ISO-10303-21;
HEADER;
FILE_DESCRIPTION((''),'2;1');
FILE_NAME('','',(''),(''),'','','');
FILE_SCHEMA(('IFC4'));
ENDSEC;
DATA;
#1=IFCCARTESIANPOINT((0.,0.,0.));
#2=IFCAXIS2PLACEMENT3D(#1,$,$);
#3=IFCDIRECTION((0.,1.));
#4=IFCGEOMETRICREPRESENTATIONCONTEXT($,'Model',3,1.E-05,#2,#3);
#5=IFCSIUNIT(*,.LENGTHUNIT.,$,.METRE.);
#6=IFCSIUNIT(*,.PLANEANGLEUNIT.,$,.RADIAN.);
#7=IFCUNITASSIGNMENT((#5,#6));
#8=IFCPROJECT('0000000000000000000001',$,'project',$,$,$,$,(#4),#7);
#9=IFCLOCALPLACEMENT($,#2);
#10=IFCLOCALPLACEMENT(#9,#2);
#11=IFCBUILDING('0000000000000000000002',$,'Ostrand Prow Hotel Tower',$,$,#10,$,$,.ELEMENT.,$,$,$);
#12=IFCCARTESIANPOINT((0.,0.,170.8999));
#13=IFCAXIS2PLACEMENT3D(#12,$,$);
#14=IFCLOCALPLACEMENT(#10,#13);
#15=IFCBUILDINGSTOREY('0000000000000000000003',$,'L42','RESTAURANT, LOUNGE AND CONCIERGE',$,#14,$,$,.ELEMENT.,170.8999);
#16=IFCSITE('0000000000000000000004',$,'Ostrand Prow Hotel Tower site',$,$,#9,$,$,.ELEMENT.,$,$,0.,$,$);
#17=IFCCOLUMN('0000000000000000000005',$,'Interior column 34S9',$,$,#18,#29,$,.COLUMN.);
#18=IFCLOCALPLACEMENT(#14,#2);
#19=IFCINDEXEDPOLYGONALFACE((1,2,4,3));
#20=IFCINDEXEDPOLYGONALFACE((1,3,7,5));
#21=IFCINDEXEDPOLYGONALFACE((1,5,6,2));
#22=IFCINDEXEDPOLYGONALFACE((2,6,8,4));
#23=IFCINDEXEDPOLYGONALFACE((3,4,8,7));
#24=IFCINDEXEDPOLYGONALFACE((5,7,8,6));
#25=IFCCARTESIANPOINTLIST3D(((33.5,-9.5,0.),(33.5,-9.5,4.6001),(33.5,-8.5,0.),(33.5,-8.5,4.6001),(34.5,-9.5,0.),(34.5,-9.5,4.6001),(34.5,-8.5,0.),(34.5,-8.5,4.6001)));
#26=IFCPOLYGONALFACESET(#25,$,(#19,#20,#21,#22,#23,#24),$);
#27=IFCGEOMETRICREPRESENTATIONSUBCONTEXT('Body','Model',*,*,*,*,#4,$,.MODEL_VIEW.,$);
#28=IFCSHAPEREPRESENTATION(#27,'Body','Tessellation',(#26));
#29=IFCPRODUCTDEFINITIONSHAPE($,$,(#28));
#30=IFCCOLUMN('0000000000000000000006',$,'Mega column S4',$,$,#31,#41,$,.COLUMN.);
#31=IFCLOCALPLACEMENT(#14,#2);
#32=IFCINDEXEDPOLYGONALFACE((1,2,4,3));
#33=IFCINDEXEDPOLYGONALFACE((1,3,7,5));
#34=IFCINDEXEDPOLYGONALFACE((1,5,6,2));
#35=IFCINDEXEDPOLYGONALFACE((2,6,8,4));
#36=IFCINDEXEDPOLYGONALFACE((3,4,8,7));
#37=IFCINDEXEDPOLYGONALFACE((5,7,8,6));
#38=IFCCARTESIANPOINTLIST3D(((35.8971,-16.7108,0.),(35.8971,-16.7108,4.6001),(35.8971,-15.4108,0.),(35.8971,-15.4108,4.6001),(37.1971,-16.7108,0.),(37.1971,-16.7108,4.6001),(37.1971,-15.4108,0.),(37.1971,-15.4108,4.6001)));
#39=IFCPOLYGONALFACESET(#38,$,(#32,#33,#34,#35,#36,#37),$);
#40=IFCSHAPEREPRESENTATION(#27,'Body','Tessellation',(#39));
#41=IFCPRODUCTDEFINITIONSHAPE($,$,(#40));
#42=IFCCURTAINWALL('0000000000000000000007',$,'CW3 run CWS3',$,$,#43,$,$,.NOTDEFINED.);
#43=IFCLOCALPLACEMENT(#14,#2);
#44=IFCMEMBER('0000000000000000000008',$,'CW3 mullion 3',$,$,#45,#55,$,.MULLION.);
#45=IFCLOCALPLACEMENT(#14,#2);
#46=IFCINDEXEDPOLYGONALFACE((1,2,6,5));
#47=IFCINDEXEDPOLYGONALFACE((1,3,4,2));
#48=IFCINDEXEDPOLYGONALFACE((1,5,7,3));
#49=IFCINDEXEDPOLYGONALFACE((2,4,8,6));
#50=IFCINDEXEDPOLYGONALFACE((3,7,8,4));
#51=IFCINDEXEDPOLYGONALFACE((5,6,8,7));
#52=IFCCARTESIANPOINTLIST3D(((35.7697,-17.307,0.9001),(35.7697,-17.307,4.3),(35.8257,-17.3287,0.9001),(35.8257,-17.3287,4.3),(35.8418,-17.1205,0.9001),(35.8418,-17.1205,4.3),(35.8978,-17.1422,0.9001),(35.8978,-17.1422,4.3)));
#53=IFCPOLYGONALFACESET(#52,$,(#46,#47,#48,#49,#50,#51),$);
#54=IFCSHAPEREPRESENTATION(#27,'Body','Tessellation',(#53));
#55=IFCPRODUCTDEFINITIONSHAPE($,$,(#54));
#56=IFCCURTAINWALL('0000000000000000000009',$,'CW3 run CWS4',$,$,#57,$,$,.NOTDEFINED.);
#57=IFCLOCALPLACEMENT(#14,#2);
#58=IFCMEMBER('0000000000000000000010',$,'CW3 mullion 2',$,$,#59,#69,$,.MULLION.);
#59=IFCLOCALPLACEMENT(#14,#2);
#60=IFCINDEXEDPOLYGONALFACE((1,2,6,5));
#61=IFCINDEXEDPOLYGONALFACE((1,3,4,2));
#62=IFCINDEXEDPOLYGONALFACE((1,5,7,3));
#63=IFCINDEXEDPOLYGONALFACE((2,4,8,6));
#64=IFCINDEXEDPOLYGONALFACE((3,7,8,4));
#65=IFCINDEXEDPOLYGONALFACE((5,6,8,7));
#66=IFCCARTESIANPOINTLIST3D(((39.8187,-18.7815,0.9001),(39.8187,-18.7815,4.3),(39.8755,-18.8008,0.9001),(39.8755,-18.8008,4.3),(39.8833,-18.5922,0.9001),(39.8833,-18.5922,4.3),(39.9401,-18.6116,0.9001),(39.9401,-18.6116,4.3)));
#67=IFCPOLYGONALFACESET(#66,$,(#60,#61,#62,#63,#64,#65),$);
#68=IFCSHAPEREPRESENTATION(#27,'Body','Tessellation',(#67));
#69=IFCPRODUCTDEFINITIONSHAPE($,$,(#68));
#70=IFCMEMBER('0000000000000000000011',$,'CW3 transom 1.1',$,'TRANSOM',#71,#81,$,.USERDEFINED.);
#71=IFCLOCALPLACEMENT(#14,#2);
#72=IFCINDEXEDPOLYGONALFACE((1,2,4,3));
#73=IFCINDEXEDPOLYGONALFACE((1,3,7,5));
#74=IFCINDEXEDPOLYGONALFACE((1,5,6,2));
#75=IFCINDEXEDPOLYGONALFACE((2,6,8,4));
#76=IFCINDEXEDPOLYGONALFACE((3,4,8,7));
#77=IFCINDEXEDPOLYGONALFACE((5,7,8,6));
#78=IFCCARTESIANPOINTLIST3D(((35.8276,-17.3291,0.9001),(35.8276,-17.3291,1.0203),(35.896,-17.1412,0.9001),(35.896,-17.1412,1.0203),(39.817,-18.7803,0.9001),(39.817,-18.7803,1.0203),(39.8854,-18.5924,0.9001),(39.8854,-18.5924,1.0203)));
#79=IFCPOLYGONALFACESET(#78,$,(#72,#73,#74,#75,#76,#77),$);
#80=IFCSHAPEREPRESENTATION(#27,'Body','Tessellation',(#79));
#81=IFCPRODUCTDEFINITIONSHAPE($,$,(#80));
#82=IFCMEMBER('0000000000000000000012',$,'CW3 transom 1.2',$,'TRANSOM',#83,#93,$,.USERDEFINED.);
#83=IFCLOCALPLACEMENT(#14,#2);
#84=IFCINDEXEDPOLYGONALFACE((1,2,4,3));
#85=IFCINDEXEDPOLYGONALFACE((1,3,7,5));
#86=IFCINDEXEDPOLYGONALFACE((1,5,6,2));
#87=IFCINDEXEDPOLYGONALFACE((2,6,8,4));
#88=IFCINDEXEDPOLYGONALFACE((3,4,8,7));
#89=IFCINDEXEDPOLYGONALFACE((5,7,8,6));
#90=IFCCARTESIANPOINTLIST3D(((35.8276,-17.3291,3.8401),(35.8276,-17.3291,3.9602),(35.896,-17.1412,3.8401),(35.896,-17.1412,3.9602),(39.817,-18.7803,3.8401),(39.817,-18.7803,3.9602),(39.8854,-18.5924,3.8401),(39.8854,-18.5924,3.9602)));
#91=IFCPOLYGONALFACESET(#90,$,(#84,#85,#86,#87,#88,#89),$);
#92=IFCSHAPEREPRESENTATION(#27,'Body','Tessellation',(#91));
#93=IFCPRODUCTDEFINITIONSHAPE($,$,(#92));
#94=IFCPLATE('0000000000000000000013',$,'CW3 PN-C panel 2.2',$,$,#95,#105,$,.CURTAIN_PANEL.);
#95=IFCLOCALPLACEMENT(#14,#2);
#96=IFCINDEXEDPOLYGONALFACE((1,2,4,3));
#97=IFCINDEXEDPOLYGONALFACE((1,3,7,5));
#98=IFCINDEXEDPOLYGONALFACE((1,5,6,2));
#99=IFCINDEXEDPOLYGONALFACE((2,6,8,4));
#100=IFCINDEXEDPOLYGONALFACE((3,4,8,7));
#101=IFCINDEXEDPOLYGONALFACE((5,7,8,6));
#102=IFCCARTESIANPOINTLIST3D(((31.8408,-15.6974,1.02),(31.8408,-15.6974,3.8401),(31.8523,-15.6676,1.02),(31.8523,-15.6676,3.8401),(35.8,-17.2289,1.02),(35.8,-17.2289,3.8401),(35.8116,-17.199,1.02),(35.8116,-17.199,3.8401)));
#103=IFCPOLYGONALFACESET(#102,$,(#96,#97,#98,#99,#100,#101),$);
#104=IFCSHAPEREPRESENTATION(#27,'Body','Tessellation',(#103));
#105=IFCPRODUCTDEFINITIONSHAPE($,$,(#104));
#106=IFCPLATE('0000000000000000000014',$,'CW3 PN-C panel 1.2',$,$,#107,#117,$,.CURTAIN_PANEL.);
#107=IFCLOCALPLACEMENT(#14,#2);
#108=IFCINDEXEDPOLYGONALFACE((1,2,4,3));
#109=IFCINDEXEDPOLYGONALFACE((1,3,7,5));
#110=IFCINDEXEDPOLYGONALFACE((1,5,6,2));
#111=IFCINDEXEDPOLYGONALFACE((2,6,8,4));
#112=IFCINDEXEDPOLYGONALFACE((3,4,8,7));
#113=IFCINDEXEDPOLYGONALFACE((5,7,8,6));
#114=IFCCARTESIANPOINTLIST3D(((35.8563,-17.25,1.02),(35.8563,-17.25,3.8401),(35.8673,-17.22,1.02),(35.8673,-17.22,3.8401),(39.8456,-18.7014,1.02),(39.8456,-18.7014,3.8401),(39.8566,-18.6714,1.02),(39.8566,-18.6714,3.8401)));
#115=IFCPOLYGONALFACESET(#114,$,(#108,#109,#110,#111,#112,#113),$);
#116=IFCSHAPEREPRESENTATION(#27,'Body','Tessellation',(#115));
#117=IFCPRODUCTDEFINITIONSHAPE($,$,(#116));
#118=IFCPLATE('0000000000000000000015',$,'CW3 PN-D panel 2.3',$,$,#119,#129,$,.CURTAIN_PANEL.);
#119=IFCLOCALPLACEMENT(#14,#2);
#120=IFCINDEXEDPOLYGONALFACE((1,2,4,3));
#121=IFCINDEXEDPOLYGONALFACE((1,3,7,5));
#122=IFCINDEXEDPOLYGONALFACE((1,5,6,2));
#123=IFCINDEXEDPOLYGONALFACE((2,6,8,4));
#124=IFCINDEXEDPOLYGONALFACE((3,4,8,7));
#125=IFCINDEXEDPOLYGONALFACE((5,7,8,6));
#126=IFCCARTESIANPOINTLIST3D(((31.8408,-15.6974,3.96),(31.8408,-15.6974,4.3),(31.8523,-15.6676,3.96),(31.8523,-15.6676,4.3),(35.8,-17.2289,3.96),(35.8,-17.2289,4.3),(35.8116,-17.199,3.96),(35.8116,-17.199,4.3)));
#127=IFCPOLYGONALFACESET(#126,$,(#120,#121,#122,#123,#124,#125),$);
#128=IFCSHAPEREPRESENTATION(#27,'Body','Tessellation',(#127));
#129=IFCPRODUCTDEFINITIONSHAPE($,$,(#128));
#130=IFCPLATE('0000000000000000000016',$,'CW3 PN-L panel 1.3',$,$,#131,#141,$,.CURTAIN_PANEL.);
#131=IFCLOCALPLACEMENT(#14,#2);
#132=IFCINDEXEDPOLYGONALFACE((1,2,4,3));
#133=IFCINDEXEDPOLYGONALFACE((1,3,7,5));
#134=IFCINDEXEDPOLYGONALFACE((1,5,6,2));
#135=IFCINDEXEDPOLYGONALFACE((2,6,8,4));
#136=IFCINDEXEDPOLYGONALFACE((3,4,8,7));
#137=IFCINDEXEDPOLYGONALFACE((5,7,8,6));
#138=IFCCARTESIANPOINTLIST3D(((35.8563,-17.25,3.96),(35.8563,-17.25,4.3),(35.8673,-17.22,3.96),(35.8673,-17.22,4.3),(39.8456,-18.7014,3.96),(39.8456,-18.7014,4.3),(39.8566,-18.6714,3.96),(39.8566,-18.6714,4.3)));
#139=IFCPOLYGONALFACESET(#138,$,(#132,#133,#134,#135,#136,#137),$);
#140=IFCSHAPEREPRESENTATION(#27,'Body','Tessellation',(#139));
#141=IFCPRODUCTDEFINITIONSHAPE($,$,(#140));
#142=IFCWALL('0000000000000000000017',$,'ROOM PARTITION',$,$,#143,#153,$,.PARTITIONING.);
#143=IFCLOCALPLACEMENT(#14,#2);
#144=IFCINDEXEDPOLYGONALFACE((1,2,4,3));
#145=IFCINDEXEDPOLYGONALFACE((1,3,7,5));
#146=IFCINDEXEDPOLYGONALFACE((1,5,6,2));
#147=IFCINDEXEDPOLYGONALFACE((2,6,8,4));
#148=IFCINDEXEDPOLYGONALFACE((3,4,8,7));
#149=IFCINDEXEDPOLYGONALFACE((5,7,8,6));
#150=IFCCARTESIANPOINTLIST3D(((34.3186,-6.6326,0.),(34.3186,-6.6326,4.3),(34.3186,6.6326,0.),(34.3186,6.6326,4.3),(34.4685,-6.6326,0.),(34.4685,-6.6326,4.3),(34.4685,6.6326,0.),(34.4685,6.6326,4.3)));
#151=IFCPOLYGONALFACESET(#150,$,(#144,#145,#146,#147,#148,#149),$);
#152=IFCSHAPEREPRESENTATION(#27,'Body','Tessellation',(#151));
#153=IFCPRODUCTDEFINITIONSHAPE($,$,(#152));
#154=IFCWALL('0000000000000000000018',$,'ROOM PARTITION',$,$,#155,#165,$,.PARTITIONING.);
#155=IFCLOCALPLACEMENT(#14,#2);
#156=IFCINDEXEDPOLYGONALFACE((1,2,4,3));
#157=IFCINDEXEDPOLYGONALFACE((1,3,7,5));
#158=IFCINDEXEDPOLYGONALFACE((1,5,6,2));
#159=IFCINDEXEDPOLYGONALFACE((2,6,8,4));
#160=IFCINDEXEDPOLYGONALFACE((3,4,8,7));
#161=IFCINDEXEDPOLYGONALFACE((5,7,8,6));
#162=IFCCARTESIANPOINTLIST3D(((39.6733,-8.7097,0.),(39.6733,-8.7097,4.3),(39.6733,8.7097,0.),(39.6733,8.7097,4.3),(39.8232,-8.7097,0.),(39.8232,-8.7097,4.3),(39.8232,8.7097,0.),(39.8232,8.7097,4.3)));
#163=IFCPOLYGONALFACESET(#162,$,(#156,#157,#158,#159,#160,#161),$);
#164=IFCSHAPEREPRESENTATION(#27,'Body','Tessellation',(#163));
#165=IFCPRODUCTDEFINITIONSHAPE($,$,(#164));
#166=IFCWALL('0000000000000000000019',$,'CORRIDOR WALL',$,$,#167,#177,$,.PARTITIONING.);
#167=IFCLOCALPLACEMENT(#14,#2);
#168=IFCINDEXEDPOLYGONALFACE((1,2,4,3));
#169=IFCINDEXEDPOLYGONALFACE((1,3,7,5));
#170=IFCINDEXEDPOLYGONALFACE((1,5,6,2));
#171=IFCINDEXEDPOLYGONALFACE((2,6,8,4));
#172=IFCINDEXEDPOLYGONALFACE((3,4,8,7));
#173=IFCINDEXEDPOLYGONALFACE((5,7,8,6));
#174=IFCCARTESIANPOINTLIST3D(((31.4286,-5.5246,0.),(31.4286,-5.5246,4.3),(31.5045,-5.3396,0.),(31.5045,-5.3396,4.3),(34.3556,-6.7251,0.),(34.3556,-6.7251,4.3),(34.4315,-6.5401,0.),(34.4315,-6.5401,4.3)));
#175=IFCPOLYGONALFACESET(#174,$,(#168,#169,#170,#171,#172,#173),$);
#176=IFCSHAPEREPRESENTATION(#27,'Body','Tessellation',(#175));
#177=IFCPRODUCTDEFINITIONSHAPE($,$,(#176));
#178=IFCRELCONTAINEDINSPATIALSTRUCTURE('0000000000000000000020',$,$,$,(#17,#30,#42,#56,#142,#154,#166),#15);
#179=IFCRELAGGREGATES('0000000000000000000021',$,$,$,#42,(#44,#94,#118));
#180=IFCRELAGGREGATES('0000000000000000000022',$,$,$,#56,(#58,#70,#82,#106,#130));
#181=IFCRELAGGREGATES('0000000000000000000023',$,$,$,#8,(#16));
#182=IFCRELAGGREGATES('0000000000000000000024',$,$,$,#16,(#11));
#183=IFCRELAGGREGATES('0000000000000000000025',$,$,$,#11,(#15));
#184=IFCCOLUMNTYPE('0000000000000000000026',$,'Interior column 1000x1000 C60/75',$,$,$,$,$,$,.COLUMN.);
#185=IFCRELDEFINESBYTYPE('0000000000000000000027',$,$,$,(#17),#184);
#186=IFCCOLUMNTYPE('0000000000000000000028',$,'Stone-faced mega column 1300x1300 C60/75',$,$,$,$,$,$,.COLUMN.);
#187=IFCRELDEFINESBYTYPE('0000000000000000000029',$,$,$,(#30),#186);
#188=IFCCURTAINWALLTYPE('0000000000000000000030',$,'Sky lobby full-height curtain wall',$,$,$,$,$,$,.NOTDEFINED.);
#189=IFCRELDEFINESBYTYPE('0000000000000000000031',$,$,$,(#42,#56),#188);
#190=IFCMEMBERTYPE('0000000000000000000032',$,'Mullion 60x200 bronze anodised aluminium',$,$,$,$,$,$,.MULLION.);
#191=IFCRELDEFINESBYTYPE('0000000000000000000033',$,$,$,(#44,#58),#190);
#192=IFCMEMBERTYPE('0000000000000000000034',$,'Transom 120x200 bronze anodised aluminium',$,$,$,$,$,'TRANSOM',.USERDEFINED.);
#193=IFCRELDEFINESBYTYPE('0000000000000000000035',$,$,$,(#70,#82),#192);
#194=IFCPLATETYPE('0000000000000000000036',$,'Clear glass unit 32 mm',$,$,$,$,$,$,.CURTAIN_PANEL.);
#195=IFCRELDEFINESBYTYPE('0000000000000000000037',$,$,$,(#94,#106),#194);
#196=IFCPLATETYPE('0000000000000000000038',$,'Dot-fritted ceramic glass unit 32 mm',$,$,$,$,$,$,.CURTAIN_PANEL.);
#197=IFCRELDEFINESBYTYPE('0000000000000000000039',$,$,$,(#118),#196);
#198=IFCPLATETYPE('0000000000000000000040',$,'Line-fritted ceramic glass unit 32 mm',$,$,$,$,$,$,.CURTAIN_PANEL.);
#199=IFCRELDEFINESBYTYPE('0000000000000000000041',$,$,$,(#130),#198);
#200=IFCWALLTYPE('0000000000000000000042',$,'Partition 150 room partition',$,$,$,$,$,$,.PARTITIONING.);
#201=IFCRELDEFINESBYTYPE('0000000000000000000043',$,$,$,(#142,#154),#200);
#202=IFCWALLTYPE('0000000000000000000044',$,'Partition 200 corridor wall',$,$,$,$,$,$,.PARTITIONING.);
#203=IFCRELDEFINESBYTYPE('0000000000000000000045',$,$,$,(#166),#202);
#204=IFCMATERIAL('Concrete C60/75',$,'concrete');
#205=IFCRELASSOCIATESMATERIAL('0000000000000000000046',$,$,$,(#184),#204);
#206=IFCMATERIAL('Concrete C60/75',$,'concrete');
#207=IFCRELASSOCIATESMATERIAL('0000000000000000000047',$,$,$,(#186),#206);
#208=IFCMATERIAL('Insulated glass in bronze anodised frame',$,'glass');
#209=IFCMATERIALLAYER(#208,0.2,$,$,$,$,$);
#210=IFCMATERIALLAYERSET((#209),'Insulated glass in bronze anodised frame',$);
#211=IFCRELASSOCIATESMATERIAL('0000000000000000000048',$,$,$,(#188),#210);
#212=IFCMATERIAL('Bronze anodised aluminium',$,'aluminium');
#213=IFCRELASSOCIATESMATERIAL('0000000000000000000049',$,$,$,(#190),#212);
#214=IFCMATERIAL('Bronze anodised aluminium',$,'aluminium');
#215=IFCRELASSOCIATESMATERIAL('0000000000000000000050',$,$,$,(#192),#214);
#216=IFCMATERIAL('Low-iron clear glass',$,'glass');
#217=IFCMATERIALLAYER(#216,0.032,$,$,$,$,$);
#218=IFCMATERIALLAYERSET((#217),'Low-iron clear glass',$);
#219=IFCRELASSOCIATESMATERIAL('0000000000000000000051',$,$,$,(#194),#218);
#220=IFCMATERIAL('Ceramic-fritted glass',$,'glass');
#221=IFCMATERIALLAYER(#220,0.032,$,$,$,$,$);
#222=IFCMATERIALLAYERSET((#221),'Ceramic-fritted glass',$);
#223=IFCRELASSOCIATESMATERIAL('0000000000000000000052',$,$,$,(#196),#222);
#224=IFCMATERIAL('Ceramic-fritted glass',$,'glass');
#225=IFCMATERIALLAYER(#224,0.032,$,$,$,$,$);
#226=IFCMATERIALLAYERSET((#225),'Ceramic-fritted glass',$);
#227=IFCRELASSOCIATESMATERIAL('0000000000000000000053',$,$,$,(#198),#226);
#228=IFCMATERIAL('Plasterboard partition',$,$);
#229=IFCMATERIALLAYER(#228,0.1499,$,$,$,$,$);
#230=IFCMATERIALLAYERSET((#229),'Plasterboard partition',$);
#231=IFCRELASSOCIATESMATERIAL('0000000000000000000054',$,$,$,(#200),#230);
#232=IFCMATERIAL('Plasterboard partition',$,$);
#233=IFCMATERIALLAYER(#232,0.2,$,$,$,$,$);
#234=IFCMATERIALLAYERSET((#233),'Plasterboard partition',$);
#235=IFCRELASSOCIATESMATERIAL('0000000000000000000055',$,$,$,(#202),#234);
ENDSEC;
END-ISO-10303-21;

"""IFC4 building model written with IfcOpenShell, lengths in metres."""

from ifc_helpers import new_model, si_unit, direction, frame, frame_2d, origin, origin_2d, place, context, subcontext, project, spatial, rectangle, extrude, material, layer, layer_set, material_profile, profile_set, type_object, element, aggregate, save


model = new_model("IFC4")

# Units and contexts
model_context = context("Model", 3, precision=1e-05, world=origin(), true_north=direction((0.0, 1.0)))
body_context = subcontext(model_context, "Body", "Model", "MODEL_VIEW")
ifc_project = project(units=[si_unit("LENGTHUNIT", "METRE"), si_unit("PLANEANGLEUNIT", "RADIAN")], contexts=[model_context])

# Site, building, storey
site_placement = place(None, origin())
site = spatial("IfcSite", under=ifc_project, at=site_placement, Name="Ostrand Prow Hotel Tower site", CompositionType="ELEMENT", RefElevation=0.0)
building_placement = place(site_placement, origin())
building = spatial("IfcBuilding", under=site, at=building_placement, Name="Ostrand Prow Hotel Tower", CompositionType="ELEMENT")
storey_placement = place(building_placement, frame((0.0, 0.0, 170.8999)))
storey = spatial("IfcBuildingStorey", under=building, at=storey_placement, Name="L42", Description="RESTAURANT, LOUNGE AND CONCIERGE", CompositionType="ELEMENT", Elevation=170.8999)

# Columns
ifc_material_1 = material(Name="Concrete C60/75", Category="concrete")
ifc_material_profile_1 = material_profile(ifc_material_1, rectangle(XDim=1.0, YDim=1.0, at=origin_2d()), Name="RC 1000x1000")
ifc_profile_set_1 = profile_set([ifc_material_profile_1], Name="Concrete C60/75")
column_type_1 = type_object("IfcColumnType", Name="Interior column 1000x1000 C60/75", PredefinedType="COLUMN", material=ifc_profile_set_1)
column_1_placement = place(storey_placement, frame((34.0, -9.0, 0.0), z_axis=(0.0, 0.0, 1.0), x_axis=(1.0, 0.0, 0.0)))
element("IfcColumn", 1, at=column_1_placement, inside=storey, type_object=column_type_1, Name="Interior column 34S9", PredefinedType="COLUMN", context=body_context, shape_type="SweptSolid", body=[
    extrude(rectangle(XDim=1.0, YDim=1.0, at=origin_2d()), origin(), (0.0, 0.0, 1.0), 4.6001),
])
ifc_material_2 = material(Name="Concrete C60/75", Category="concrete")
ifc_material_profile_2 = material_profile(ifc_material_2, rectangle(XDim=1.3, YDim=1.3, at=origin_2d()), Name="RC 1300x1300")
ifc_profile_set_2 = profile_set([ifc_material_profile_2], Name="Concrete C60/75")
column_type_2 = type_object("IfcColumnType", Name="Stone-faced mega column 1300x1300 C60/75", PredefinedType="COLUMN", material=ifc_profile_set_2)
column_2_placement = place(storey_placement, frame((36.5471, -16.0608, 0.0), z_axis=(0.0, 0.0, 1.0), x_axis=(1.0, 0.0, 0.0)))
element("IfcColumn", 2, at=column_2_placement, inside=storey, type_object=column_type_2, Name="Mega column S4", PredefinedType="COLUMN", context=body_context, shape_type="SweptSolid", body=[
    extrude(rectangle(XDim=1.3, YDim=1.3, at=origin_2d()), origin(), (0.0, 0.0, 1.0), 4.6001),
])

# Curtain wall, member
ifc_material_3 = material(Name="Insulated glass in bronze anodised frame", Category="glass")
ifc_layer_1 = layer(ifc_material_3, 0.2)
ifc_layer_set_1 = layer_set([ifc_layer_1], Name="Insulated glass in bronze anodised frame")
curtain_wall_type = type_object("IfcCurtainWallType", Name="Sky lobby full-height curtain wall", PredefinedType="NOTDEFINED", material=ifc_layer_set_1)
curtain_wall_1_placement = place(storey_placement, origin())
curtain_wall_1 = element("IfcCurtainWall", 3, at=curtain_wall_1_placement, inside=storey, type_object=curtain_wall_type, Name="CW3 run CWS3", PredefinedType="NOTDEFINED")
ifc_material_4 = material(Name="Bronze anodised aluminium", Category="aluminium")
ifc_material_profile_3 = material_profile(ifc_material_4, rectangle(XDim=0.2, YDim=0.0601, at=origin_2d()), Name="Mullion 60x200 bronze anodised aluminium")
ifc_profile_set_3 = profile_set([ifc_material_profile_3], Name="Bronze anodised aluminium")
member_type_1 = type_object("IfcMemberType", Name="Mullion 60x200 bronze anodised aluminium", PredefinedType="MULLION", material=ifc_profile_set_3)
member_1_placement = place(storey_placement, frame((35.8337, -17.2246, 0.9001), z_axis=(0.0, 0.0, 1.0), x_axis=(0.360749, 0.932663, 0.0)))
member_1 = element("IfcMember", 4, at=member_1_placement, type_object=member_type_1, Name="CW3 mullion 3", PredefinedType="MULLION", context=body_context, shape_type="SweptSolid", body=[
    extrude(rectangle(XDim=0.2, YDim=0.0601, at=origin_2d()), origin(), (0.0, 0.0, 1.0), 3.3999),
])

# Curtain wall, members
curtain_wall_2_placement = place(storey_placement, origin())
curtain_wall_2 = element("IfcCurtainWall", 5, at=curtain_wall_2_placement, inside=storey, type_object=curtain_wall_type, Name="CW3 run CWS4", PredefinedType="NOTDEFINED")
member_2_placement = place(storey_placement, frame((39.8794, -18.6965, 0.9001), z_axis=(0.0, 0.0, 1.0), x_axis=(0.322908, 0.94643, 0.0)))
member_2 = element("IfcMember", 6, at=member_2_placement, type_object=member_type_1, Name="CW3 mullion 2", PredefinedType="MULLION", context=body_context, shape_type="SweptSolid", body=[
    extrude(rectangle(XDim=0.2, YDim=0.0601, at=origin_2d()), origin(), (0.0, 0.0, 1.0), 3.3999),
])
ifc_material_5 = material(Name="Bronze anodised aluminium", Category="aluminium")
ifc_material_profile_4 = material_profile(ifc_material_5, rectangle(XDim=0.2, YDim=0.1201, at=origin_2d()), Name="Transom 120x200 bronze anodised aluminium")
ifc_profile_set_4 = profile_set([ifc_material_profile_4], Name="Bronze anodised aluminium")
member_type_2 = type_object("IfcMemberType", Name="Transom 120x200 bronze anodised aluminium", ElementType="TRANSOM", PredefinedType="USERDEFINED", material=ifc_profile_set_4)
member_3_placement = place(storey_placement, frame((35.8618, -17.2351, 0.9602), z_axis=(0.939753, -0.341854, 0.0), x_axis=(0.341854, 0.939753, 0.0)))
member_3 = element("IfcMember", 7, at=member_3_placement, type_object=member_type_2, Name="CW3 transom 1.1", ObjectType="TRANSOM", PredefinedType="USERDEFINED", context=body_context, shape_type="SweptSolid", body=[
    extrude(rectangle(XDim=0.2, YDim=0.1201, at=origin_2d()), origin(), (0.0, 0.0, 1.0), 4.2451),
])
member_4_placement = place(storey_placement, frame((35.8618, -17.2351, 3.9001), z_axis=(0.939753, -0.341854, 0.0), x_axis=(0.341854, 0.939753, 0.0)))
member_4 = element("IfcMember", 8, at=member_4_placement, type_object=member_type_2, Name="CW3 transom 1.2", ObjectType="TRANSOM", PredefinedType="USERDEFINED", context=body_context, shape_type="SweptSolid", body=[
    extrude(rectangle(XDim=0.2, YDim=0.1201, at=origin_2d()), origin(), (0.0, 0.0, 1.0), 4.2451),
])

# Plates
ifc_material_6 = material(Name="Low-iron clear glass", Category="glass")
ifc_layer_2 = layer(ifc_material_6, 0.032)
ifc_layer_set_2 = layer_set([ifc_layer_2], Name="Low-iron clear glass")
plate_type_1 = type_object("IfcPlateType", Name="Clear glass unit 32 mm", PredefinedType="CURTAIN_PANEL", material=ifc_layer_set_2)
plate_1_placement = place(storey_placement, frame((33.8262, -16.4482, 1.02), z_axis=(0.0, 0.0, 1.0), x_axis=(0.932663, -0.360749, 0.0)))
plate_1 = element("IfcPlate", 9, at=plate_1_placement, type_object=plate_type_1, Name="CW3 PN-C panel 2.2", PredefinedType="CURTAIN_PANEL", context=body_context, shape_type="SweptSolid", body=[
    extrude(rectangle(XDim=4.2451, YDim=0.032, at=origin_2d()), origin(), (0.0, 0.0, 1.0), 2.8201),
])
plate_2_placement = place(storey_placement, frame((37.8564, -17.9607, 1.02), z_axis=(0.0, 0.0, 1.0), x_axis=(0.939737, -0.341897, 0.0)))
plate_2 = element("IfcPlate", 10, at=plate_2_placement, type_object=plate_type_1, Name="CW3 PN-C panel 1.2", PredefinedType="CURTAIN_PANEL", context=body_context, shape_type="SweptSolid", body=[
    extrude(rectangle(XDim=4.2451, YDim=0.032, at=origin_2d()), origin(), (0.0, 0.0, 1.0), 2.8201),
])
ifc_material_7 = material(Name="Ceramic-fritted glass", Category="glass")
ifc_layer_3 = layer(ifc_material_7, 0.032)
ifc_layer_set_3 = layer_set([ifc_layer_3], Name="Ceramic-fritted glass")
plate_type_2 = type_object("IfcPlateType", Name="Dot-fritted ceramic glass unit 32 mm", PredefinedType="CURTAIN_PANEL", material=ifc_layer_set_3)
plate_3_placement = place(storey_placement, frame((33.8262, -16.4482, 3.96), z_axis=(0.0, 0.0, 1.0), x_axis=(0.932663, -0.360749, 0.0)))
plate_3 = element("IfcPlate", 11, at=plate_3_placement, type_object=plate_type_2, Name="CW3 PN-D panel 2.3", PredefinedType="CURTAIN_PANEL", context=body_context, shape_type="SweptSolid", body=[
    extrude(rectangle(XDim=4.2451, YDim=0.032, at=origin_2d()), origin(), (0.0, 0.0, 1.0), 0.3401),
])
aggregate(curtain_wall_1, [member_1, plate_1, plate_3])
ifc_material_8 = material(Name="Ceramic-fritted glass", Category="glass")
ifc_layer_4 = layer(ifc_material_8, 0.032)
ifc_layer_set_4 = layer_set([ifc_layer_4], Name="Ceramic-fritted glass")
plate_type_3 = type_object("IfcPlateType", Name="Line-fritted ceramic glass unit 32 mm", PredefinedType="CURTAIN_PANEL", material=ifc_layer_set_4)
plate_4_placement = place(storey_placement, frame((37.8564, -17.9607, 3.96), z_axis=(0.0, 0.0, 1.0), x_axis=(0.939737, -0.341897, 0.0)))
plate_4 = element("IfcPlate", 12, at=plate_4_placement, type_object=plate_type_3, Name="CW3 PN-L panel 1.3", PredefinedType="CURTAIN_PANEL", context=body_context, shape_type="SweptSolid", body=[
    extrude(rectangle(XDim=4.2451, YDim=0.032, at=origin_2d()), origin(), (0.0, 0.0, 1.0), 0.3401),
])
aggregate(curtain_wall_2, [member_2, member_3, member_4, plate_2, plate_4])

# Walls
ifc_material_9 = material(Name="Plasterboard partition")
ifc_layer_5 = layer(ifc_material_9, 0.1499)
ifc_layer_set_5 = layer_set([ifc_layer_5], Name="Plasterboard partition")
wall_type_1 = type_object("IfcWallType", Name="Partition 150 room partition", PredefinedType="PARTITIONING", material=ifc_layer_set_5)
wall_1_placement = place(storey_placement, frame((34.3936, -6.6326, 0.0), z_axis=(0.0, 0.0, 1.0), x_axis=(0.0, 1.0, 0.0)))
element("IfcWall", 13, at=wall_1_placement, inside=storey, type_object=wall_type_1, Name="ROOM PARTITION", PredefinedType="PARTITIONING", context=body_context, shape_type="SweptSolid", body=[
    extrude(rectangle(XDim=13.2651, YDim=0.1499, at=frame_2d((6.6326, 0.0))), origin(), (0.0, 0.0, 1.0), 4.3),
])
wall_2_placement = place(storey_placement, frame((39.7483, -8.7097, 0.0), z_axis=(0.0, 0.0, 1.0), x_axis=(0.0, 1.0, 0.0)))
element("IfcWall", 14, at=wall_2_placement, inside=storey, type_object=wall_type_1, Name="ROOM PARTITION", PredefinedType="PARTITIONING", context=body_context, shape_type="SweptSolid", body=[
    extrude(rectangle(XDim=17.4194, YDim=0.1499, at=frame_2d((8.7097, 0.0))), origin(), (0.0, 0.0, 1.0), 4.3),
])

# Shared definitions
ifc_material_10 = material(Name="Plasterboard partition")
ifc_layer_6 = layer(ifc_material_10, 0.2)
ifc_layer_set_6 = layer_set([ifc_layer_6], Name="Plasterboard partition")
wall_type_2 = type_object("IfcWallType", Name="Partition 200 corridor wall", PredefinedType="PARTITIONING", material=ifc_layer_set_6)

# Wall
wall_3_placement = place(storey_placement, frame((34.3936, -6.6326, 0.0), z_axis=(0.0, 0.0, 1.0), x_axis=(-0.925211, 0.379453, 0.0)))
element("IfcWall", 15, at=wall_3_placement, inside=storey, type_object=wall_type_2, Name="CORRIDOR WALL", PredefinedType="PARTITIONING", context=body_context, shape_type="SweptSolid", body=[
    extrude(rectangle(XDim=3.1636, YDim=0.2, at=frame_2d((1.5818, 0.0))), origin(), (0.0, 0.0, 1.0), 4.3),
])

save(model, "model.ifc")
